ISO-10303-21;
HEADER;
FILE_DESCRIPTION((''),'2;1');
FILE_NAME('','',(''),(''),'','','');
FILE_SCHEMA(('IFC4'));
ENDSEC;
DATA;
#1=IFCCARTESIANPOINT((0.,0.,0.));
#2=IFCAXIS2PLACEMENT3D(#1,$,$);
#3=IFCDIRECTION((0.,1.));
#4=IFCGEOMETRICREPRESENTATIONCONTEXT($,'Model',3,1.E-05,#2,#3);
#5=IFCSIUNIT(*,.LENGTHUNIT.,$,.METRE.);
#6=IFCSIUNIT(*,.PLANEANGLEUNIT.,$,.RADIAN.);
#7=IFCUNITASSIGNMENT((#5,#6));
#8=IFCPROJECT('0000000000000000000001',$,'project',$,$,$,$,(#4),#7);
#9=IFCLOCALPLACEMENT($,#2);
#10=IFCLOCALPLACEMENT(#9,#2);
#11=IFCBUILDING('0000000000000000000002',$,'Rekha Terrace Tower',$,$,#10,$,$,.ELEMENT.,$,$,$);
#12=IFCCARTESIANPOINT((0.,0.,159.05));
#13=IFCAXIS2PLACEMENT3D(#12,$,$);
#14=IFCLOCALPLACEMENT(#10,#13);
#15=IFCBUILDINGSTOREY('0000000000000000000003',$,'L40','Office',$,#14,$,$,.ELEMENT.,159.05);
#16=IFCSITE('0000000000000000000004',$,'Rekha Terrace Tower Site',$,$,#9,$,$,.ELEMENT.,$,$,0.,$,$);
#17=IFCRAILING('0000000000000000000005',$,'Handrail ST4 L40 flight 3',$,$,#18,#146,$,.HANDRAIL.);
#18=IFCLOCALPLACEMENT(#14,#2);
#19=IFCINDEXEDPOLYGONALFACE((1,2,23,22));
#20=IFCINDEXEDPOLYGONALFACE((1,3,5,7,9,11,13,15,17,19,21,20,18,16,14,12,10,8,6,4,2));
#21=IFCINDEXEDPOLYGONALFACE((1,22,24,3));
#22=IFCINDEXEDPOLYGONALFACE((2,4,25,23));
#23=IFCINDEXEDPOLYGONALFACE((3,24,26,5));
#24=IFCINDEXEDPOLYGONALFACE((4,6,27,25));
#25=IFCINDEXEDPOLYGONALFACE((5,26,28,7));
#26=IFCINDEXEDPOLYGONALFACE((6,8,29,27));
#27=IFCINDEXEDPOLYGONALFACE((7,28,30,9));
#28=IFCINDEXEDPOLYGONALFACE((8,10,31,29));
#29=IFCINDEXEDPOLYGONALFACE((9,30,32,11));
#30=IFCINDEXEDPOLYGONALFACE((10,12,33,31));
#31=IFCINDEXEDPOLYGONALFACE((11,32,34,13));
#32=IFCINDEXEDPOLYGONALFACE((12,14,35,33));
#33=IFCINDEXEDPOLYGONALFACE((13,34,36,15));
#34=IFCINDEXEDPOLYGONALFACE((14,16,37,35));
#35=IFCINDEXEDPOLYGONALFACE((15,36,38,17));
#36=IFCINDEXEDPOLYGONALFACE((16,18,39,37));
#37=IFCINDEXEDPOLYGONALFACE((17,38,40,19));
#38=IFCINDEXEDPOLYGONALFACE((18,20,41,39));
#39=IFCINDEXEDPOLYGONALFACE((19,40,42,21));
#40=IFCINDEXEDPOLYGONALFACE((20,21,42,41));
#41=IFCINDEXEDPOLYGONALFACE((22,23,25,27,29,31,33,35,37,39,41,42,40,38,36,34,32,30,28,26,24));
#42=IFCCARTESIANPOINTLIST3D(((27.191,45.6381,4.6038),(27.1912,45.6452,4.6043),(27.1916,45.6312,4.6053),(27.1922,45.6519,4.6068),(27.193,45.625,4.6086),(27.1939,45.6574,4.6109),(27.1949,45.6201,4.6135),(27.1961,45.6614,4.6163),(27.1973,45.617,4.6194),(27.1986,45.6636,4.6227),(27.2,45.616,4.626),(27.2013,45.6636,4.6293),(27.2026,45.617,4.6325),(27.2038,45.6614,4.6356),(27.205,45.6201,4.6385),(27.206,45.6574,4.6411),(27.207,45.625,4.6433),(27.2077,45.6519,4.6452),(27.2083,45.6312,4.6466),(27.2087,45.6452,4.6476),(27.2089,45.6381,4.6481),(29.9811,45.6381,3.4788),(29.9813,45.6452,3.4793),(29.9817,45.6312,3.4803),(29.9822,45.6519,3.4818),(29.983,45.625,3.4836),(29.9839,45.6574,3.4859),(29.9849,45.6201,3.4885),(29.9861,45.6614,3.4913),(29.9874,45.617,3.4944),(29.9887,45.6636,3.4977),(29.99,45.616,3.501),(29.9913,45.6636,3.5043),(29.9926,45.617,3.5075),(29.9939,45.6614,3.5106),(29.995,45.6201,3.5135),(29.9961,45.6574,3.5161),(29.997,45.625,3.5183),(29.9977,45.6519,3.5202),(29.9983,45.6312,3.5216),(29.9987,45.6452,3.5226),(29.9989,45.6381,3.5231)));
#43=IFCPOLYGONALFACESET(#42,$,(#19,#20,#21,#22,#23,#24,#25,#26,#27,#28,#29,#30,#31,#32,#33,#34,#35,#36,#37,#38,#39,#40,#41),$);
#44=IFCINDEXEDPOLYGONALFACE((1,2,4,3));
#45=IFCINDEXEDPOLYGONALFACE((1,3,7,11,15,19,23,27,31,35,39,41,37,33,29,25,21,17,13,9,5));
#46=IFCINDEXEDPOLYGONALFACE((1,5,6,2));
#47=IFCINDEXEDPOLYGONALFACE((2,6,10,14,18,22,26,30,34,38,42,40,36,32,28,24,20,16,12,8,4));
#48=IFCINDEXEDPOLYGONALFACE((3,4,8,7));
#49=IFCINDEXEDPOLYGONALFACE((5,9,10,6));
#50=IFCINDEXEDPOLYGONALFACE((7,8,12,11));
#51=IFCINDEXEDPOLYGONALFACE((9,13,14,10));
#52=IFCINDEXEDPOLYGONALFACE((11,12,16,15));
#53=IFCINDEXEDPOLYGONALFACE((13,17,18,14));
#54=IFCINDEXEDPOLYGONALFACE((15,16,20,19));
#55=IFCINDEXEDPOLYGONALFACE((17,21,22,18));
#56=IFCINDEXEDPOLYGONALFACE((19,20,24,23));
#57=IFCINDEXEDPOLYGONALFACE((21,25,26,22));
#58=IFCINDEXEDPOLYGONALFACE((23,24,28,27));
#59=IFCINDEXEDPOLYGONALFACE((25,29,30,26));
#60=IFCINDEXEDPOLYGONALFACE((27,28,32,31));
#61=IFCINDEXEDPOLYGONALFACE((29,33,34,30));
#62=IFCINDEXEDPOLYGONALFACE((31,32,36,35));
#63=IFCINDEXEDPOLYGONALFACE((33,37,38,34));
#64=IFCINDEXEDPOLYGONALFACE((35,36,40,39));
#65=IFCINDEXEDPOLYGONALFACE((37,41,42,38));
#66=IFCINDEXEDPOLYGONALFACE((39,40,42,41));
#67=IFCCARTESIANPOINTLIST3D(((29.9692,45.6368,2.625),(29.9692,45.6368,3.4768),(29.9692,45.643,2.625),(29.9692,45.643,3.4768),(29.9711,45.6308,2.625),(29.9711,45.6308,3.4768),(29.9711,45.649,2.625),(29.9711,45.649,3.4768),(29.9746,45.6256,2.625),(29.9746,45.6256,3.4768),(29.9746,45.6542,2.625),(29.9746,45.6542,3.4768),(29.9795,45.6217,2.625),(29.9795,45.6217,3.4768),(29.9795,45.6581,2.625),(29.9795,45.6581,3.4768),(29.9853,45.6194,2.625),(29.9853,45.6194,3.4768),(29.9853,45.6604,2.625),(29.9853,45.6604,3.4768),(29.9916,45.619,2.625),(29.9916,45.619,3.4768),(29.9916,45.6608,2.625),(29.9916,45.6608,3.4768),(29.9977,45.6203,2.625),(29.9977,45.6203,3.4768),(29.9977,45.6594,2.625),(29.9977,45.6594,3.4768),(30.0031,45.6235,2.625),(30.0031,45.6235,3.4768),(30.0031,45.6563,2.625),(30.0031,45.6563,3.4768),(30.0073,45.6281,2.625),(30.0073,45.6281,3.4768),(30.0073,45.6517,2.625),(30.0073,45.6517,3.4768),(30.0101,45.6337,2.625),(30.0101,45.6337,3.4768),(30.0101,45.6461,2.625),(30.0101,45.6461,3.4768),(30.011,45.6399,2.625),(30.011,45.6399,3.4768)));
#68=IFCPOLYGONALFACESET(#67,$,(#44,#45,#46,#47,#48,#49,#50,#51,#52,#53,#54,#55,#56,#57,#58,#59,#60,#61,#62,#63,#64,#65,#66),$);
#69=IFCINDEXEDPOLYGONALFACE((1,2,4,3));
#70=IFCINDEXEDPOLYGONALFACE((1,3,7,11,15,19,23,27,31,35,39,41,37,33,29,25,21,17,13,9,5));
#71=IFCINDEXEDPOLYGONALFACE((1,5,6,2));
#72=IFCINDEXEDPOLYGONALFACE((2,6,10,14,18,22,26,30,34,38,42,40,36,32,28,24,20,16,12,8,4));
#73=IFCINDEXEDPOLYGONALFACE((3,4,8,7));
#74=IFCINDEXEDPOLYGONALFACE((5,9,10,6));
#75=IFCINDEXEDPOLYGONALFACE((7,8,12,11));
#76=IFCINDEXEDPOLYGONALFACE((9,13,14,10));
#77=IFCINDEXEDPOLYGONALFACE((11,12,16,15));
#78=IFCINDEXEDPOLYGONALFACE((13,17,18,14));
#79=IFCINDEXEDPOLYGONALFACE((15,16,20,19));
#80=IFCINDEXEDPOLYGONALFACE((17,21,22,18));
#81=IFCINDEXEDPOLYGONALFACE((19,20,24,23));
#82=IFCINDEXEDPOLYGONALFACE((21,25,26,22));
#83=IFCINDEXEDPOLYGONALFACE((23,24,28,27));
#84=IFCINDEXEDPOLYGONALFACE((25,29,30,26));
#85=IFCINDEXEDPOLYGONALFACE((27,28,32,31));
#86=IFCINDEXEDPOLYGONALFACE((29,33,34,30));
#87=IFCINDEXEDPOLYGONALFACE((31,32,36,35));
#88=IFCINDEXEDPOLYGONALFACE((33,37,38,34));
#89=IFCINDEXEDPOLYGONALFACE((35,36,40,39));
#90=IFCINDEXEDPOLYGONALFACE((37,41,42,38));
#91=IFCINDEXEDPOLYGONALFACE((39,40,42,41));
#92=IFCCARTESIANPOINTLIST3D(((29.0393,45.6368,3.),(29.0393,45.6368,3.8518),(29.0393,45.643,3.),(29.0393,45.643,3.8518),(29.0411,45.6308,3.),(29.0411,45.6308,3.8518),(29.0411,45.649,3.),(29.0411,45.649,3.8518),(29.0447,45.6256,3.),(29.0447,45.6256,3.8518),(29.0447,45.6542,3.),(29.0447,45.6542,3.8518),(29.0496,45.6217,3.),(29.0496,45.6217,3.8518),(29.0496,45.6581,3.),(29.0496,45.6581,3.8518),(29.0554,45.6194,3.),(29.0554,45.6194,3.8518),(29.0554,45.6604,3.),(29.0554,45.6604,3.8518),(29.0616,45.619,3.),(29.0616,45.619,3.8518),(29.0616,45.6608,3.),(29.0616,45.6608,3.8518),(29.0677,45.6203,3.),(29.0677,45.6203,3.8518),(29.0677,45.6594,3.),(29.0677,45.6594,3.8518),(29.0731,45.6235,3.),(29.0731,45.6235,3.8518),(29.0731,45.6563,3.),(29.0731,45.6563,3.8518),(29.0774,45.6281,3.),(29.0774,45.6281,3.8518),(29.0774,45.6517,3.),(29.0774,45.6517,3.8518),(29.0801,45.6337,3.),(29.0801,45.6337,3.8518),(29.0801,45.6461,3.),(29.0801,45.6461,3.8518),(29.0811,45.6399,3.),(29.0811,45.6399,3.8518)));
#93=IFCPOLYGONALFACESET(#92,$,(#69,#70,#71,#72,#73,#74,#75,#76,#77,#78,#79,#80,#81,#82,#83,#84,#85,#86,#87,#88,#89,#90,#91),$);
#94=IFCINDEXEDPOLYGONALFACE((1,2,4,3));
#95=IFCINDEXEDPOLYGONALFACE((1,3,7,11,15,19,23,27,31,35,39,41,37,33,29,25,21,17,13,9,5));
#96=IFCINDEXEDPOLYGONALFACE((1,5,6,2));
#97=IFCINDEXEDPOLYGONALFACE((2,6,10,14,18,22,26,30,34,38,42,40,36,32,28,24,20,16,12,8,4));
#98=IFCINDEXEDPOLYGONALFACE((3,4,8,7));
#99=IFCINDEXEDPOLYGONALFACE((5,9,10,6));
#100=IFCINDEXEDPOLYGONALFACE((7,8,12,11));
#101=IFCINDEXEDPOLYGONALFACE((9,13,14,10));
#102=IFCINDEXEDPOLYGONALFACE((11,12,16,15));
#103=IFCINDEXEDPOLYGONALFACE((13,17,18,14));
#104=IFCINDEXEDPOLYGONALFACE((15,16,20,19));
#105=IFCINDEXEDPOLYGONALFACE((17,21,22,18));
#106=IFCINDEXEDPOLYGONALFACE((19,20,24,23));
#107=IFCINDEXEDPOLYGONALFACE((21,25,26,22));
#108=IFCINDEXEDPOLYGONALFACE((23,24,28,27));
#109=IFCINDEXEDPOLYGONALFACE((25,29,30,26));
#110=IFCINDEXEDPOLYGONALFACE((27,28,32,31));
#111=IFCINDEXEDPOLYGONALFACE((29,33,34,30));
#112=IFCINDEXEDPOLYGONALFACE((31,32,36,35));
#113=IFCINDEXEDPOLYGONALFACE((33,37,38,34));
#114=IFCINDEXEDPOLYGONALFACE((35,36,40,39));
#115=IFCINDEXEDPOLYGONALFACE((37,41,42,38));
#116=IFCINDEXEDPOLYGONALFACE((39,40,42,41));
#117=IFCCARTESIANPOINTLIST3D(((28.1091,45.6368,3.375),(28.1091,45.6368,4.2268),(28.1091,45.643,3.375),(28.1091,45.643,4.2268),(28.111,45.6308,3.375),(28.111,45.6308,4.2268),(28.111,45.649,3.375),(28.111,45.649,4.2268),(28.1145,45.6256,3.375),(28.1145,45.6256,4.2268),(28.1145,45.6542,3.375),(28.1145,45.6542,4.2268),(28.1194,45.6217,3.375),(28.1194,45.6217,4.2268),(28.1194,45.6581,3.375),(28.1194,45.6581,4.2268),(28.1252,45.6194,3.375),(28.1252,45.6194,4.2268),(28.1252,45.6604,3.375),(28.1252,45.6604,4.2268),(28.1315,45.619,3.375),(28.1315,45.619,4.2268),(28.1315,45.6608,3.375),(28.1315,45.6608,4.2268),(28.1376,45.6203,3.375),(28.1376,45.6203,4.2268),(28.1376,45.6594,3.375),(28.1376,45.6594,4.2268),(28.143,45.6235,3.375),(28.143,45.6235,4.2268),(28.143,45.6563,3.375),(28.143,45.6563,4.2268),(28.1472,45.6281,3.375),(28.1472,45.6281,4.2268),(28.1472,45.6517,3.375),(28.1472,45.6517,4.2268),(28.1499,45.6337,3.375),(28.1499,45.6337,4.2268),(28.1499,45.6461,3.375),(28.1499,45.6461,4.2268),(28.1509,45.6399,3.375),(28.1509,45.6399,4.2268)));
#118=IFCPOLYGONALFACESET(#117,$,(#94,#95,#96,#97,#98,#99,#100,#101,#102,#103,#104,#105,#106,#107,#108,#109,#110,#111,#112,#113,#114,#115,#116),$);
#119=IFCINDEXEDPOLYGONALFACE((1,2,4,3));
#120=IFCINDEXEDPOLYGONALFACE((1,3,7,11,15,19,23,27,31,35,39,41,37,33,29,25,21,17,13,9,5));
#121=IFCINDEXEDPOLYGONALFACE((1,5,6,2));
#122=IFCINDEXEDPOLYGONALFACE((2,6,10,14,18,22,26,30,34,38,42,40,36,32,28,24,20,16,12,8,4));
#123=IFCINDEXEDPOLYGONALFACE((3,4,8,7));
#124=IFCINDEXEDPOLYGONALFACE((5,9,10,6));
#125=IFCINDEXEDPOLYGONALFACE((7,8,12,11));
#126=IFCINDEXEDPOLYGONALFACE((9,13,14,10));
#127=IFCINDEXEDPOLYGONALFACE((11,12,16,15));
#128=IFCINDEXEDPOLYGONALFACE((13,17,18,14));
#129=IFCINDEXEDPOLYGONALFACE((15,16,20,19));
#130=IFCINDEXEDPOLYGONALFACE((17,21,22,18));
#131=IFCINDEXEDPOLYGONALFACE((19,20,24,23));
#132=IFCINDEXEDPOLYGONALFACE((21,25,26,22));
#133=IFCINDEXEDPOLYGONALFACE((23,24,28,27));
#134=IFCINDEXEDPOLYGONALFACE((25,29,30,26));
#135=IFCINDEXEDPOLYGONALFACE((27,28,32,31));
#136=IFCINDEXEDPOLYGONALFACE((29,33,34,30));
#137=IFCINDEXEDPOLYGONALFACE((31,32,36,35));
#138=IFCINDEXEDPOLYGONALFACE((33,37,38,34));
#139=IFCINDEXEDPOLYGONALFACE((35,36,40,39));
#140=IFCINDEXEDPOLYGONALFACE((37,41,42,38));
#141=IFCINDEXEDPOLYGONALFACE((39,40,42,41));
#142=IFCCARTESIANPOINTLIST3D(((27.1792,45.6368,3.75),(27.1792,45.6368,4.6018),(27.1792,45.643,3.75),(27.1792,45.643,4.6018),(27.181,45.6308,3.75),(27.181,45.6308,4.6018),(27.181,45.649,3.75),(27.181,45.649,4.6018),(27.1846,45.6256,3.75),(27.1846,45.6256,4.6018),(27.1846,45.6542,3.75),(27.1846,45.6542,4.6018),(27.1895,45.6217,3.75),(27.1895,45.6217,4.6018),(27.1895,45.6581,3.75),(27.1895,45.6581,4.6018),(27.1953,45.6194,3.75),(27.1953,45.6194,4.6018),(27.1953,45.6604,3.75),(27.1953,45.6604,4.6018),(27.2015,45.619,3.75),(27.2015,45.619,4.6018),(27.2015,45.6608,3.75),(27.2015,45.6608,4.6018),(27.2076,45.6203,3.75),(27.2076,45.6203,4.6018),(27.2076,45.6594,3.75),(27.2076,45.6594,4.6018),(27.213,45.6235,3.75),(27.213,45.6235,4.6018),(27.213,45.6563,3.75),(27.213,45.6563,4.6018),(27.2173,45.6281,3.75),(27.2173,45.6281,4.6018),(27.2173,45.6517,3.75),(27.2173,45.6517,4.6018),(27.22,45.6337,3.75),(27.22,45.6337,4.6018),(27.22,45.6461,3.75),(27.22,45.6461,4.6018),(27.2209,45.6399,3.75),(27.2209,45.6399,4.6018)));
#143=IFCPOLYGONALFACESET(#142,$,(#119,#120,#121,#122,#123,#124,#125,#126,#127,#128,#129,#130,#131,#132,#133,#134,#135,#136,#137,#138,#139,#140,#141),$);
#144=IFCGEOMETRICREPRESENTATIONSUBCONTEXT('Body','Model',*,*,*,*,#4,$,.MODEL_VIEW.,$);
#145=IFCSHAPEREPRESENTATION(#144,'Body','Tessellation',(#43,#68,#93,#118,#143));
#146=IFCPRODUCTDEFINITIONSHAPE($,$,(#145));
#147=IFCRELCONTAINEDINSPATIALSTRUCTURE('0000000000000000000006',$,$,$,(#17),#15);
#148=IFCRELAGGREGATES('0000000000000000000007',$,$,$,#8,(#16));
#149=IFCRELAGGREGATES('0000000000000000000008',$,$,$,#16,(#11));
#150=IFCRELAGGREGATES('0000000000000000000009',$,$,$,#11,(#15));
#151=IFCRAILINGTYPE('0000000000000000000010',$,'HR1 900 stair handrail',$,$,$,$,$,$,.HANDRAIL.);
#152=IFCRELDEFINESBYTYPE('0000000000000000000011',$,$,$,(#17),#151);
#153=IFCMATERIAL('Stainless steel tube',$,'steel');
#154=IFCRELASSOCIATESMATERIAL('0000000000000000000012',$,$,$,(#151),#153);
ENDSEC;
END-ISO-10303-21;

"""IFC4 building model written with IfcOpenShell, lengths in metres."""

from ifc_helpers import new_model, si_unit, direction, frame, origin, origin_2d, place, context, subcontext, project, spatial, circle, extrude, material, type_object, element, save


model = new_model("IFC4")

# Units and contexts
model_context = context("Model", 3, precision=1e-05, world=origin(), true_north=direction((0.0, 1.0)))
body_context = subcontext(model_context, "Body", "Model", "MODEL_VIEW")
ifc_project = project(units=[si_unit("LENGTHUNIT", "METRE"), si_unit("PLANEANGLEUNIT", "RADIAN")], contexts=[model_context])

# Site, building, storey
site_placement = place(None, origin())
site = spatial("IfcSite", under=ifc_project, at=site_placement, Name="Rekha Terrace Tower Site", CompositionType="ELEMENT", RefElevation=0.0)
building_placement = place(site_placement, origin())
building = spatial("IfcBuilding", under=site, at=building_placement, Name="Rekha Terrace Tower", CompositionType="ELEMENT")
storey_placement = place(building_placement, frame((0.0, 0.0, 159.05)))
storey = spatial("IfcBuildingStorey", under=building, at=storey_placement, Name="L40", Description="Office", CompositionType="ELEMENT", Elevation=159.05)

# Railing
ifc_material_1 = material(Name="Stainless steel tube", Category="steel")
railing_type_1 = type_object("IfcRailingType", Name="HR1 900 stair handrail", PredefinedType="HANDRAIL", material=ifc_material_1)
railing_1_placement = place(storey_placement, frame((29.99, 45.6399, 2.625)))
element("IfcRailing", 1, at=railing_1_placement, inside=storey, type_object=railing_type_1, Name="Handrail ST4 L40 flight 3", PredefinedType="HANDRAIL", context=body_context, shape_type="SweptSolid", body=[
    extrude(circle(Radius=0.0239, at=origin_2d()), frame((0.0, 0.0, 0.876), z_axis=(-0.927443, 0.0, 0.373964), x_axis=(0.0, -1.0, 0.0)), (0.0, 0.0, 1.0), 3.0083),
    extrude(circle(Radius=0.021, at=origin_2d()), origin(), (0.0, 0.0, 1.0), 0.8518),
    extrude(circle(Radius=0.021, at=origin_2d()), frame((-0.9299, 0.0, 0.375)), (0.0, 0.0, 1.0), 0.8518),
    extrude(circle(Radius=0.021, at=origin_2d()), frame((-1.8601, 0.0, 0.75)), (0.0, 0.0, 1.0), 0.8518),
    extrude(circle(Radius=0.021, at=origin_2d()), frame((-2.79, 0.0, 1.125)), (0.0, 0.0, 1.0), 0.8518),
])

save(model, "model.ifc")
